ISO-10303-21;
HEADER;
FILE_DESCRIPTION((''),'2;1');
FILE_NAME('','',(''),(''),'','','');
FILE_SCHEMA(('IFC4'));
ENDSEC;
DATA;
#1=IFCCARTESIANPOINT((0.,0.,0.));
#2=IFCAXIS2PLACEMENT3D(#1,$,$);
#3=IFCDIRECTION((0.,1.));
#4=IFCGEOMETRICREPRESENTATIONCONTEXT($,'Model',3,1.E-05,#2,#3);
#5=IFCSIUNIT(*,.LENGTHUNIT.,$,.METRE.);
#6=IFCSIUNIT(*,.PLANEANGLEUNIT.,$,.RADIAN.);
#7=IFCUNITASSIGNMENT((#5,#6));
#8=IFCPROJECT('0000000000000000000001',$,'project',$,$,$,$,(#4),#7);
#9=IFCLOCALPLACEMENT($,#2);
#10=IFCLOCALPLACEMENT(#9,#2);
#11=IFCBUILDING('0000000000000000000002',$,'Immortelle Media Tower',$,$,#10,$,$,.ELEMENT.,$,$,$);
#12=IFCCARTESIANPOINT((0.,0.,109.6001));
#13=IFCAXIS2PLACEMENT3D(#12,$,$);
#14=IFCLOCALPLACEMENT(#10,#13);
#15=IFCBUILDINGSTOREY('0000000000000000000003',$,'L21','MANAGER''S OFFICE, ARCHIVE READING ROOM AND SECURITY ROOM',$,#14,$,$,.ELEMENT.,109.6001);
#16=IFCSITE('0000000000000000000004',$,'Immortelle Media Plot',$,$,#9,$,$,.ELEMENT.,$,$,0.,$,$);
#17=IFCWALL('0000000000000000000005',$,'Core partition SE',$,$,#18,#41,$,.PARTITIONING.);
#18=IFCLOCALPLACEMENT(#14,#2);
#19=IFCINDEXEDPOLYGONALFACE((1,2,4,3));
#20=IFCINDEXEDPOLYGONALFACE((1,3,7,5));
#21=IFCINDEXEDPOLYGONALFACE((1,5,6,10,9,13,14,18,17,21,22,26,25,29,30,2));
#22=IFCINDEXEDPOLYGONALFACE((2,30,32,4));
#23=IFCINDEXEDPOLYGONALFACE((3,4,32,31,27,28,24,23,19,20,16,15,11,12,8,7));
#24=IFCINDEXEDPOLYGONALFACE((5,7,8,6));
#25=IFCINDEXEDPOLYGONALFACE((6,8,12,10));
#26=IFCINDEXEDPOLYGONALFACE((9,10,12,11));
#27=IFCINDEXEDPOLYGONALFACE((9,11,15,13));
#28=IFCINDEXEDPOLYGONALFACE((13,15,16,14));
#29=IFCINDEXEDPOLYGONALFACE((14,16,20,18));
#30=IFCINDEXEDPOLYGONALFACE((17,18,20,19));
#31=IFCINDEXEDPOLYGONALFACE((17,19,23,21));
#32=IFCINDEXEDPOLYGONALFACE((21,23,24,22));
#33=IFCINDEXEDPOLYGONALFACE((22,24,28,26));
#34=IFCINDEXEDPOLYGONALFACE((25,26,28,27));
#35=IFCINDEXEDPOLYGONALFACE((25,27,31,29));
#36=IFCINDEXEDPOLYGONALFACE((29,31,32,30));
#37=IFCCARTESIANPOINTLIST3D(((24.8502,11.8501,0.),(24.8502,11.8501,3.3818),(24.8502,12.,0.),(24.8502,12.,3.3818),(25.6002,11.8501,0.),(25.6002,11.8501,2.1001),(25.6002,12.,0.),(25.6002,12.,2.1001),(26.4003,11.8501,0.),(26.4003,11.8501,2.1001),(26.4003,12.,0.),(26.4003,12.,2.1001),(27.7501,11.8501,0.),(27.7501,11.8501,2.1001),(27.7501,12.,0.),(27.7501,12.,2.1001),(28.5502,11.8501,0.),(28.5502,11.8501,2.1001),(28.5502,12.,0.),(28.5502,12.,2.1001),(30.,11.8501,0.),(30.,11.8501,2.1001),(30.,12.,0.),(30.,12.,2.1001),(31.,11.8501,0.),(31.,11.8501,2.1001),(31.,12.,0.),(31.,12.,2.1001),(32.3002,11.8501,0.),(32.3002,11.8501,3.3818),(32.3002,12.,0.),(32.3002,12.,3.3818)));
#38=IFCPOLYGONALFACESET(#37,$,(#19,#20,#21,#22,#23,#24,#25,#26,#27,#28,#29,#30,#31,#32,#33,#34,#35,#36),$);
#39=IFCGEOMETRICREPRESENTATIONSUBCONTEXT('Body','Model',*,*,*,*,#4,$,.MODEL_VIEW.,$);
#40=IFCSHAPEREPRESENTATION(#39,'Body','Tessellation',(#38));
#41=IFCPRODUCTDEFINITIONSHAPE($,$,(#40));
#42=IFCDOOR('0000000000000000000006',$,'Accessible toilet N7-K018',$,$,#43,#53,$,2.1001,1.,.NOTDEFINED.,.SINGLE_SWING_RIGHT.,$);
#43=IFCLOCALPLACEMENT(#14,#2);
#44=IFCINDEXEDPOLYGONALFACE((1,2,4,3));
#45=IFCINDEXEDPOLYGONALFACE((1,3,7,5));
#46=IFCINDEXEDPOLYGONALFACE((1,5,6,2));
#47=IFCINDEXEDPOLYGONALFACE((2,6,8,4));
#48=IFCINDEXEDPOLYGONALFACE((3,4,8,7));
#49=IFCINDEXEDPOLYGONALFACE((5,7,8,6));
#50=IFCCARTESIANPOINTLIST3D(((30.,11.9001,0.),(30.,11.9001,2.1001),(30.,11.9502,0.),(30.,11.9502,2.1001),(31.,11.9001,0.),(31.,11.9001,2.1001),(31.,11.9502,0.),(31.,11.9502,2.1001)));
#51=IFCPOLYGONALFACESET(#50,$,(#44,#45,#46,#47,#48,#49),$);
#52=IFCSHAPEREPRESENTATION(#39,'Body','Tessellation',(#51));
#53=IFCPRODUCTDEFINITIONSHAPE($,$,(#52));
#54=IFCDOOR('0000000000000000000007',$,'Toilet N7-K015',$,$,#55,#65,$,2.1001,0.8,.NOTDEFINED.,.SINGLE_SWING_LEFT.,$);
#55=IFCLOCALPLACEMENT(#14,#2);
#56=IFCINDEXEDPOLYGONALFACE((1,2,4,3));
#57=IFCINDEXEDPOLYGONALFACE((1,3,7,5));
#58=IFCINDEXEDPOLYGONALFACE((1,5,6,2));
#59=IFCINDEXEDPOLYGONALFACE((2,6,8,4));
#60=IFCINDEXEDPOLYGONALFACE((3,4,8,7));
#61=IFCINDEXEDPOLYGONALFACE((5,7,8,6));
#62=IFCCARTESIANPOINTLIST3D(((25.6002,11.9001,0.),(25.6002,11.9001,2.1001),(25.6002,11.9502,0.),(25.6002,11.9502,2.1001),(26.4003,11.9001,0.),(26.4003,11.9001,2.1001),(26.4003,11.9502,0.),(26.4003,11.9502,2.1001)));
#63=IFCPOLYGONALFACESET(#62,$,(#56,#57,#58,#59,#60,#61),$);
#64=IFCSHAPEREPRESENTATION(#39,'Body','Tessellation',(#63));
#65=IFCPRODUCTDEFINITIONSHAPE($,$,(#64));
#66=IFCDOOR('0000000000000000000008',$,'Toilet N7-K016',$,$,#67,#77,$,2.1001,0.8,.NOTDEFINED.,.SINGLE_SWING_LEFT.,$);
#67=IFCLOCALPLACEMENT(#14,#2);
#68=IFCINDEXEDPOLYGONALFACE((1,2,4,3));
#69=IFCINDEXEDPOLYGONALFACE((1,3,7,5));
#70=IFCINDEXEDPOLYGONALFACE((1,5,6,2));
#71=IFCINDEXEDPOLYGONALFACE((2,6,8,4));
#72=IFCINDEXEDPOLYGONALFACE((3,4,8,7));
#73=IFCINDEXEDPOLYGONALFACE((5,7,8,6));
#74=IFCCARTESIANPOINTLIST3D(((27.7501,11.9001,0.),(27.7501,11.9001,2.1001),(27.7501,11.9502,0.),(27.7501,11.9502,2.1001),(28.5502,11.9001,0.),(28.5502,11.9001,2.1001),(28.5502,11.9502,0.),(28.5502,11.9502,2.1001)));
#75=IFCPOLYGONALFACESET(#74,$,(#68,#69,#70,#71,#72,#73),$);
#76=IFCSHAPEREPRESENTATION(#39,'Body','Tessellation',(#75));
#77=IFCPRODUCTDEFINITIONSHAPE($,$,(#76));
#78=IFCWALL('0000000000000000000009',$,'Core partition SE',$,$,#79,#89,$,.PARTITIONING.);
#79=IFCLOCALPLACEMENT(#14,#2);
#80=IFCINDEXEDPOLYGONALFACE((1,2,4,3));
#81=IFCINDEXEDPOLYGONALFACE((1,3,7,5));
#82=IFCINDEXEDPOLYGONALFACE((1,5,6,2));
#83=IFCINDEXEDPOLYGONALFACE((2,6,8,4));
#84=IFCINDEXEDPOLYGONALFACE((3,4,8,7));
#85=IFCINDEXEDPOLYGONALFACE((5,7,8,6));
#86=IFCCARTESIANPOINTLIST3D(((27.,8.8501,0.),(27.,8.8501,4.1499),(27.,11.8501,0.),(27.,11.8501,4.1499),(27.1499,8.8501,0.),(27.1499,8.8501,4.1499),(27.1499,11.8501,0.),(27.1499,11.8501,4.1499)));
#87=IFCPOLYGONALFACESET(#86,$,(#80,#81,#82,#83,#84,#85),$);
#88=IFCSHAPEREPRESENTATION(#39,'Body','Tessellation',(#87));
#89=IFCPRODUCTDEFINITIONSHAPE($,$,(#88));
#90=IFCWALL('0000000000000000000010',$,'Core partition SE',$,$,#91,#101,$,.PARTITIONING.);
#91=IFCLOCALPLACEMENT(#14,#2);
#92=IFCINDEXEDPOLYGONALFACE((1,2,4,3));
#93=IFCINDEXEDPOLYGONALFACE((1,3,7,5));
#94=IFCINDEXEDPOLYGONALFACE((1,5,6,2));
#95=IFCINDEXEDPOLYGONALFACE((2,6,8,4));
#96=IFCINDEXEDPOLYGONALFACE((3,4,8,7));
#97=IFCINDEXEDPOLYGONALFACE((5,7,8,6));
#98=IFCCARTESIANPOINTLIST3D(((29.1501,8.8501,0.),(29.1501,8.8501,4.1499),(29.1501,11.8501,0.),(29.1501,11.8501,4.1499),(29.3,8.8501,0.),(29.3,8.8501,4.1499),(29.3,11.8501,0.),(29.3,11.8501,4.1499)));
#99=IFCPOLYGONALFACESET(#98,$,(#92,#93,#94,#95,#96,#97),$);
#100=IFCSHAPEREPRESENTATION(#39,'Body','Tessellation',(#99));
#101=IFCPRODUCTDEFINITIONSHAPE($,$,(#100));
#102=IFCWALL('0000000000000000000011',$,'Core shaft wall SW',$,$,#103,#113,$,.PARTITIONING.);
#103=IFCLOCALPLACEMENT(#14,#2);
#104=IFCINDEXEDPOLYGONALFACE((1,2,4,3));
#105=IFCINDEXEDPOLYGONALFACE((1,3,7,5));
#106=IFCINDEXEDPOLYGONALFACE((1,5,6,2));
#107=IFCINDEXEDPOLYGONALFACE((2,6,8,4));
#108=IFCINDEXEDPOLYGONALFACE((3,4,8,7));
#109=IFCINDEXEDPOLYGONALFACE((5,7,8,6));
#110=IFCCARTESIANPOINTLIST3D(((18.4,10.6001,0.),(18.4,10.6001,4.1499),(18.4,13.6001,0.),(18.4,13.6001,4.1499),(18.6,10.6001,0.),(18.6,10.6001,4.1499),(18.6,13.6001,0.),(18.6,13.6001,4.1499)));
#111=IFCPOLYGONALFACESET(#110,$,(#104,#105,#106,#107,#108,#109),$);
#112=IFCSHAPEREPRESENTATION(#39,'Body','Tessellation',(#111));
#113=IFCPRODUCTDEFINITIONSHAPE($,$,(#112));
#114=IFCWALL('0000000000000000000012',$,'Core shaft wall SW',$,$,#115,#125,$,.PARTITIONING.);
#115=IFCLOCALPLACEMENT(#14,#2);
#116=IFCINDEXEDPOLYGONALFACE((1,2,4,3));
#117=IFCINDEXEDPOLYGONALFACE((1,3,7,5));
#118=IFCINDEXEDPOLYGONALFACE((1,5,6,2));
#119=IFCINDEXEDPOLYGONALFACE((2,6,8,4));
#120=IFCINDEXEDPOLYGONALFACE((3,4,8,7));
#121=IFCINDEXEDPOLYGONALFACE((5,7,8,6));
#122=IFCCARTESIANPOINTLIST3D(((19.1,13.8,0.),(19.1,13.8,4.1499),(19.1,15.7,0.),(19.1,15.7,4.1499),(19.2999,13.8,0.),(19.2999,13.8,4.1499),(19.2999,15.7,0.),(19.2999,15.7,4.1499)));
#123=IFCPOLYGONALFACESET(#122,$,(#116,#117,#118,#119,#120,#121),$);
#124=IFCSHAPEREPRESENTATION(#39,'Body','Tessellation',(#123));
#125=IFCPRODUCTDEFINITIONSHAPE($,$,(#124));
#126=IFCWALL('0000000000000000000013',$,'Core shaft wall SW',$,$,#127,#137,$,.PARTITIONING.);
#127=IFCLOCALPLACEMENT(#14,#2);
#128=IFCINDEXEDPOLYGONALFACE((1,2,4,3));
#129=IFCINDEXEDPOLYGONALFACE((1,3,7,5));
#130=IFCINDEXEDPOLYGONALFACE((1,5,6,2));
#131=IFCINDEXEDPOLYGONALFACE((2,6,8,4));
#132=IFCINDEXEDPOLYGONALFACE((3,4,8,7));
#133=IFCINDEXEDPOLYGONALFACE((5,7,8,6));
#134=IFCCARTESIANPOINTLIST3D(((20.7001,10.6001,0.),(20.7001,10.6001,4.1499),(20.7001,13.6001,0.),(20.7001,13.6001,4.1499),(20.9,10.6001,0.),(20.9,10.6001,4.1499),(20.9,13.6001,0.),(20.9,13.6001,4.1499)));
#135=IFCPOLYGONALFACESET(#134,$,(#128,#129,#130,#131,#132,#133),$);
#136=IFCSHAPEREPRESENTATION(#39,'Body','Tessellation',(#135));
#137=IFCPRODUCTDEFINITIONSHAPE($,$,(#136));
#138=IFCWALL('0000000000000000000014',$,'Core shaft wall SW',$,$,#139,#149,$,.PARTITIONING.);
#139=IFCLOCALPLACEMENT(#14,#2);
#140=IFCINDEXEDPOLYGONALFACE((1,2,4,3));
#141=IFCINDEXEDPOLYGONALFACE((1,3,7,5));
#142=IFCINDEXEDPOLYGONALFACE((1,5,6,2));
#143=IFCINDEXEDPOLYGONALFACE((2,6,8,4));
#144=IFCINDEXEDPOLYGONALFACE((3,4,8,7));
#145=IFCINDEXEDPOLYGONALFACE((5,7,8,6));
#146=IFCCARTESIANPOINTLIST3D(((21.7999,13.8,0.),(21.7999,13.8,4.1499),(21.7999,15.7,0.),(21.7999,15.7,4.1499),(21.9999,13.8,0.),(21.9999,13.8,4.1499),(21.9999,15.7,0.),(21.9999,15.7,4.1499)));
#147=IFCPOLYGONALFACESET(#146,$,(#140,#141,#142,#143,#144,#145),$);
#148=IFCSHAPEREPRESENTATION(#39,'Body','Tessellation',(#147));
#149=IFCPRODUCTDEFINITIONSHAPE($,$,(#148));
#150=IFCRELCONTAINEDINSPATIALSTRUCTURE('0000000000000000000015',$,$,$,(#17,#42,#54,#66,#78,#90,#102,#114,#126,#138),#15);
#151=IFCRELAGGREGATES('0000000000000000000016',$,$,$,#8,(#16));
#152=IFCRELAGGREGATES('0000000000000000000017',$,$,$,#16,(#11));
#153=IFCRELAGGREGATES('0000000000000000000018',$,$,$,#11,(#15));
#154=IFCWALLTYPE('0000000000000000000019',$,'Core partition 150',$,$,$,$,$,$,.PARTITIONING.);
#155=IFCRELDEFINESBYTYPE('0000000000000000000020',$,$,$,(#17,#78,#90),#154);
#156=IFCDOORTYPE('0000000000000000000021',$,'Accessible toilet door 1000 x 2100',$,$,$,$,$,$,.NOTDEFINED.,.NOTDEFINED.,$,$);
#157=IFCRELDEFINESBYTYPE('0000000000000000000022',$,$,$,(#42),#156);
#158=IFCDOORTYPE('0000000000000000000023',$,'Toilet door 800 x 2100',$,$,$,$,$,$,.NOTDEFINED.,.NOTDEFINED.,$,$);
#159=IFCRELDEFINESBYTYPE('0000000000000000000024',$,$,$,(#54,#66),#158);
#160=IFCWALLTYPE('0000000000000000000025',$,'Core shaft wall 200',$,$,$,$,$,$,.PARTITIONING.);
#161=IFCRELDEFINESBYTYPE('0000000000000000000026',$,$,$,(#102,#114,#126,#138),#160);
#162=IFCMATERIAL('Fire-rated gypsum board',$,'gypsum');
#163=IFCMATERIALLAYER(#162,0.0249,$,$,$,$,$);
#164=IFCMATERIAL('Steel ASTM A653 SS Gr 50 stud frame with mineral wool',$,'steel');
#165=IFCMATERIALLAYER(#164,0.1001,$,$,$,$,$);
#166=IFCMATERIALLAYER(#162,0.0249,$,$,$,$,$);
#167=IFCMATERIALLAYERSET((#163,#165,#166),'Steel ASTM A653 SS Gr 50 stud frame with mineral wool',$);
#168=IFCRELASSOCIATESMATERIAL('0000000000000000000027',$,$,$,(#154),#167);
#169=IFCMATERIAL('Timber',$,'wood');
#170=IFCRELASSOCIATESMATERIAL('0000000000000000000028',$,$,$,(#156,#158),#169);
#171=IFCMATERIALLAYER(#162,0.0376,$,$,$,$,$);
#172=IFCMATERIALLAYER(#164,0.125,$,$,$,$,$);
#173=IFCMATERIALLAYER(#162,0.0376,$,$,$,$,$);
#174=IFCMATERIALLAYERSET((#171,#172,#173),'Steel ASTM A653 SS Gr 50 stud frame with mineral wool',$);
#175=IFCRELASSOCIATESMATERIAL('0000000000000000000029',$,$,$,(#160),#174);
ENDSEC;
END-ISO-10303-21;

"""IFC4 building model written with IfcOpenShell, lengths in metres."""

from ifc_helpers import new_model, si_unit, direction, frame, frame_2d, origin, place, context, subcontext, project, spatial, rectangle, extrude, material, layer, layer_set, type_object, element, fill, save


model = new_model("IFC4")

# Units and contexts
model_context = context("Model", 3, precision=1e-05, world=origin(), true_north=direction((0.0, 1.0)))
body_context = subcontext(model_context, "Body", "Model", "MODEL_VIEW")
ifc_project = project(units=[si_unit("LENGTHUNIT", "METRE"), si_unit("PLANEANGLEUNIT", "RADIAN")], contexts=[model_context])

# Site, building, storey
site_placement = place(None, origin())
site = spatial("IfcSite", under=ifc_project, at=site_placement, Name="Immortelle Media Plot", CompositionType="ELEMENT", RefElevation=0.0)
building_placement = place(site_placement, origin())
building = spatial("IfcBuilding", under=site, at=building_placement, Name="Immortelle Media Tower", CompositionType="ELEMENT")
storey_placement = place(building_placement, frame((0.0, 0.0, 109.6001)))
storey = spatial("IfcBuildingStorey", under=building, at=storey_placement, Name="L21", Description="MANAGER'S OFFICE, ARCHIVE READING ROOM AND SECURITY ROOM", CompositionType="ELEMENT", Elevation=109.6001)

# Wall, openings, doors
ifc_material_1 = material(Name="Fire-rated gypsum board", Category="gypsum")
ifc_layer_1 = layer(ifc_material_1, 0.0249)
ifc_material_2 = material(Name="Steel ASTM A653 SS Gr 50 stud frame with mineral wool", Category="steel")
ifc_layer_2 = layer(ifc_material_2, 0.1001)
ifc_layer_3 = layer(ifc_material_1, 0.0249)
ifc_layer_set_1 = layer_set([ifc_layer_1, ifc_layer_2, ifc_layer_3], Name="Steel ASTM A653 SS Gr 50 stud frame with mineral wool")
wall_type_1 = type_object("IfcWallType", Name="Core partition 150", PredefinedType="PARTITIONING", material=ifc_layer_set_1)
wall_1_placement = place(storey_placement, frame((24.8501, 11.925, 0.0), z_axis=(0.0, 0.0, 1.0), x_axis=(1.0, 0.0, 0.0)))
wall_1 = element("IfcWall", 1, at=wall_1_placement, inside=storey, type_object=wall_type_1, Name="Core partition SE", PredefinedType="PARTITIONING", context=body_context, shape_type="SweptSolid", body=[
    extrude(rectangle(XDim=7.45, YDim=0.1499, at=frame_2d((3.7251, 0.0))), origin(), (0.0, 0.0, 1.0), 3.3818),
])
opening_1_placement = place(wall_1_placement, frame((1.55, 0.0, 0.0), z_axis=(0.0, 0.0, 1.0), x_axis=(-1.0, 0.0, 0.0)))
opening_1 = element("IfcOpeningElement", 2, at=opening_1_placement, cuts=wall_1, PredefinedType="OPENING", context=body_context, shape_type="SweptSolid", body=[
    extrude(rectangle(XDim=0.8, YDim=2.1001, at=frame_2d((0.3999, 1.05))), frame((0.0, 0.085, 0.0), z_axis=(0.0, -1.0, 0.0), x_axis=(1.0, 0.0, 0.0)), (0.0, 0.0, 1.0), 0.1699),
])
opening_2_placement = place(wall_1_placement, frame((3.7, 0.0, 0.0), z_axis=(0.0, 0.0, 1.0), x_axis=(-1.0, 0.0, 0.0)))
opening_2 = element("IfcOpeningElement", 3, at=opening_2_placement, cuts=wall_1, PredefinedType="OPENING", context=body_context, shape_type="SweptSolid", body=[
    extrude(rectangle(XDim=0.8, YDim=2.1001, at=frame_2d((0.3999, 1.05))), frame((0.0, 0.085, 0.0), z_axis=(0.0, -1.0, 0.0), x_axis=(1.0, 0.0, 0.0)), (0.0, 0.0, 1.0), 0.1699),
])
opening_3_placement = place(wall_1_placement, frame((6.1499, 0.0, 0.0), z_axis=(0.0, 0.0, 1.0), x_axis=(-1.0, 0.0, 0.0)))
opening_3 = element("IfcOpeningElement", 4, at=opening_3_placement, cuts=wall_1, PredefinedType="OPENING", context=body_context, shape_type="SweptSolid", body=[
    extrude(rectangle(XDim=1.0, YDim=2.1001, at=frame_2d((0.5, 1.05))), frame((0.0, 0.085, 0.0), z_axis=(0.0, -1.0, 0.0), x_axis=(1.0, 0.0, 0.0)), (0.0, 0.0, 1.0), 0.1699),
])
ifc_material_3 = material(Name="Timber", Category="wood")
door_type_1 = type_object("IfcDoorType", Name="Accessible toilet door 1000 x 2100", OperationType="NOTDEFINED", PredefinedType="NOTDEFINED", material=ifc_material_3)
door_1_placement = place(opening_3_placement, origin())
door_1 = element("IfcDoor", 5, at=door_1_placement, inside=storey, type_object=door_type_1, Name="Accessible toilet N7-K018", OperationType="SINGLE_SWING_RIGHT", OverallHeight=2.1001, OverallWidth=1.0, PredefinedType="NOTDEFINED", context=body_context, shape_type="SweptSolid", body=[
    extrude(rectangle(XDim=1.0, YDim=2.1001, at=frame_2d((0.5, 1.05))), frame((0.0, 0.0249, 0.0), z_axis=(0.0, -1.0, 0.0), x_axis=(1.0, 0.0, 0.0)), (0.0, 0.0, 1.0), 0.05),
])
fill(opening_3, door_1)
door_type_2 = type_object("IfcDoorType", Name="Toilet door 800 x 2100", OperationType="NOTDEFINED", PredefinedType="NOTDEFINED", material=ifc_material_3)
door_2_placement = place(opening_1_placement, origin())
door_2 = element("IfcDoor", 6, at=door_2_placement, inside=storey, type_object=door_type_2, Name="Toilet N7-K015", OperationType="SINGLE_SWING_LEFT", OverallHeight=2.1001, OverallWidth=0.8, PredefinedType="NOTDEFINED", context=body_context, shape_type="SweptSolid", body=[
    extrude(rectangle(XDim=0.8, YDim=2.1001, at=frame_2d((0.3999, 1.05))), frame((0.0, 0.0249, 0.0), z_axis=(0.0, -1.0, 0.0), x_axis=(1.0, 0.0, 0.0)), (0.0, 0.0, 1.0), 0.05),
])
fill(opening_1, door_2)
door_3_placement = place(opening_2_placement, origin())
door_3 = element("IfcDoor", 7, at=door_3_placement, inside=storey, type_object=door_type_2, Name="Toilet N7-K016", OperationType="SINGLE_SWING_LEFT", OverallHeight=2.1001, OverallWidth=0.8, PredefinedType="NOTDEFINED", context=body_context, shape_type="SweptSolid", body=[
    extrude(rectangle(XDim=0.8, YDim=2.1001, at=frame_2d((0.3999, 1.05))), frame((0.0, 0.0249, 0.0), z_axis=(0.0, -1.0, 0.0), x_axis=(1.0, 0.0, 0.0)), (0.0, 0.0, 1.0), 0.05),
])
fill(opening_2, door_3)

# Walls
for number, where, z_axis, x_axis, name in (
    (8, (27.075, 8.8501, 0.0), (0.0, 0.0, 1.0), (0.0, 1.0, 0.0), "Core partition SE"),
    (9, (29.2251, 8.8501, 0.0), (0.0, 0.0, 1.0), (0.0, 1.0, 0.0), "Core partition SE"),
):
    element("IfcWall", number, at=place(storey_placement, frame(where, z_axis=z_axis, x_axis=x_axis)), inside=storey, type_object=wall_type_1, Name=name, PredefinedType="PARTITIONING", context=body_context, shape_type="SweptSolid", body=[
        extrude(rectangle(XDim=3.0, YDim=0.1499, at=frame_2d((1.5, 0.0))), origin(), (0.0, 0.0, 1.0), 4.1499),
    ])
ifc_layer_4 = layer(ifc_material_1, 0.0376)
ifc_layer_5 = layer(ifc_material_2, 0.125)
ifc_layer_6 = layer(ifc_material_1, 0.0376)
ifc_layer_set_2 = layer_set([ifc_layer_4, ifc_layer_5, ifc_layer_6], Name="Steel ASTM A653 SS Gr 50 stud frame with mineral wool")
wall_type_2 = type_object("IfcWallType", Name="Core shaft wall 200", PredefinedType="PARTITIONING", material=ifc_layer_set_2)
wall_2_placement = place(storey_placement, frame((18.5, 10.6001, 0.0), z_axis=(0.0, 0.0, 1.0), x_axis=(0.0, 1.0, 0.0)))
element("IfcWall", 10, at=wall_2_placement, inside=storey, type_object=wall_type_2, Name="Core shaft wall SW", PredefinedType="PARTITIONING", context=body_context, shape_type="SweptSolid", body=[
    extrude(rectangle(XDim=3.0, YDim=0.2, at=frame_2d((1.5, 0.0))), origin(), (0.0, 0.0, 1.0), 4.1499),
])
wall_3_placement = place(storey_placement, frame((19.2, 13.8, 0.0), z_axis=(0.0, 0.0, 1.0), x_axis=(0.0, 1.0, 0.0)))
element("IfcWall", 11, at=wall_3_placement, inside=storey, type_object=wall_type_2, Name="Core shaft wall SW", PredefinedType="PARTITIONING", context=body_context, shape_type="SweptSolid", body=[
    extrude(rectangle(XDim=1.8999, YDim=0.2, at=frame_2d((0.95, 0.0))), origin(), (0.0, 0.0, 1.0), 4.1499),
])
wall_4_placement = place(storey_placement, frame((20.8, 10.6001, 0.0), z_axis=(0.0, 0.0, 1.0), x_axis=(0.0, 1.0, 0.0)))
element("IfcWall", 12, at=wall_4_placement, inside=storey, type_object=wall_type_2, Name="Core shaft wall SW", PredefinedType="PARTITIONING", context=body_context, shape_type="SweptSolid", body=[
    extrude(rectangle(XDim=3.0, YDim=0.2, at=frame_2d((1.5, 0.0))), origin(), (0.0, 0.0, 1.0), 4.1499),
])
wall_5_placement = place(storey_placement, frame((21.8999, 13.8, 0.0), z_axis=(0.0, 0.0, 1.0), x_axis=(0.0, 1.0, 0.0)))
element("IfcWall", 13, at=wall_5_placement, inside=storey, type_object=wall_type_2, Name="Core shaft wall SW", PredefinedType="PARTITIONING", context=body_context, shape_type="SweptSolid", body=[
    extrude(rectangle(XDim=1.8999, YDim=0.2, at=frame_2d((0.95, 0.0))), origin(), (0.0, 0.0, 1.0), 4.1499),
])

save(model, "model.ifc")
